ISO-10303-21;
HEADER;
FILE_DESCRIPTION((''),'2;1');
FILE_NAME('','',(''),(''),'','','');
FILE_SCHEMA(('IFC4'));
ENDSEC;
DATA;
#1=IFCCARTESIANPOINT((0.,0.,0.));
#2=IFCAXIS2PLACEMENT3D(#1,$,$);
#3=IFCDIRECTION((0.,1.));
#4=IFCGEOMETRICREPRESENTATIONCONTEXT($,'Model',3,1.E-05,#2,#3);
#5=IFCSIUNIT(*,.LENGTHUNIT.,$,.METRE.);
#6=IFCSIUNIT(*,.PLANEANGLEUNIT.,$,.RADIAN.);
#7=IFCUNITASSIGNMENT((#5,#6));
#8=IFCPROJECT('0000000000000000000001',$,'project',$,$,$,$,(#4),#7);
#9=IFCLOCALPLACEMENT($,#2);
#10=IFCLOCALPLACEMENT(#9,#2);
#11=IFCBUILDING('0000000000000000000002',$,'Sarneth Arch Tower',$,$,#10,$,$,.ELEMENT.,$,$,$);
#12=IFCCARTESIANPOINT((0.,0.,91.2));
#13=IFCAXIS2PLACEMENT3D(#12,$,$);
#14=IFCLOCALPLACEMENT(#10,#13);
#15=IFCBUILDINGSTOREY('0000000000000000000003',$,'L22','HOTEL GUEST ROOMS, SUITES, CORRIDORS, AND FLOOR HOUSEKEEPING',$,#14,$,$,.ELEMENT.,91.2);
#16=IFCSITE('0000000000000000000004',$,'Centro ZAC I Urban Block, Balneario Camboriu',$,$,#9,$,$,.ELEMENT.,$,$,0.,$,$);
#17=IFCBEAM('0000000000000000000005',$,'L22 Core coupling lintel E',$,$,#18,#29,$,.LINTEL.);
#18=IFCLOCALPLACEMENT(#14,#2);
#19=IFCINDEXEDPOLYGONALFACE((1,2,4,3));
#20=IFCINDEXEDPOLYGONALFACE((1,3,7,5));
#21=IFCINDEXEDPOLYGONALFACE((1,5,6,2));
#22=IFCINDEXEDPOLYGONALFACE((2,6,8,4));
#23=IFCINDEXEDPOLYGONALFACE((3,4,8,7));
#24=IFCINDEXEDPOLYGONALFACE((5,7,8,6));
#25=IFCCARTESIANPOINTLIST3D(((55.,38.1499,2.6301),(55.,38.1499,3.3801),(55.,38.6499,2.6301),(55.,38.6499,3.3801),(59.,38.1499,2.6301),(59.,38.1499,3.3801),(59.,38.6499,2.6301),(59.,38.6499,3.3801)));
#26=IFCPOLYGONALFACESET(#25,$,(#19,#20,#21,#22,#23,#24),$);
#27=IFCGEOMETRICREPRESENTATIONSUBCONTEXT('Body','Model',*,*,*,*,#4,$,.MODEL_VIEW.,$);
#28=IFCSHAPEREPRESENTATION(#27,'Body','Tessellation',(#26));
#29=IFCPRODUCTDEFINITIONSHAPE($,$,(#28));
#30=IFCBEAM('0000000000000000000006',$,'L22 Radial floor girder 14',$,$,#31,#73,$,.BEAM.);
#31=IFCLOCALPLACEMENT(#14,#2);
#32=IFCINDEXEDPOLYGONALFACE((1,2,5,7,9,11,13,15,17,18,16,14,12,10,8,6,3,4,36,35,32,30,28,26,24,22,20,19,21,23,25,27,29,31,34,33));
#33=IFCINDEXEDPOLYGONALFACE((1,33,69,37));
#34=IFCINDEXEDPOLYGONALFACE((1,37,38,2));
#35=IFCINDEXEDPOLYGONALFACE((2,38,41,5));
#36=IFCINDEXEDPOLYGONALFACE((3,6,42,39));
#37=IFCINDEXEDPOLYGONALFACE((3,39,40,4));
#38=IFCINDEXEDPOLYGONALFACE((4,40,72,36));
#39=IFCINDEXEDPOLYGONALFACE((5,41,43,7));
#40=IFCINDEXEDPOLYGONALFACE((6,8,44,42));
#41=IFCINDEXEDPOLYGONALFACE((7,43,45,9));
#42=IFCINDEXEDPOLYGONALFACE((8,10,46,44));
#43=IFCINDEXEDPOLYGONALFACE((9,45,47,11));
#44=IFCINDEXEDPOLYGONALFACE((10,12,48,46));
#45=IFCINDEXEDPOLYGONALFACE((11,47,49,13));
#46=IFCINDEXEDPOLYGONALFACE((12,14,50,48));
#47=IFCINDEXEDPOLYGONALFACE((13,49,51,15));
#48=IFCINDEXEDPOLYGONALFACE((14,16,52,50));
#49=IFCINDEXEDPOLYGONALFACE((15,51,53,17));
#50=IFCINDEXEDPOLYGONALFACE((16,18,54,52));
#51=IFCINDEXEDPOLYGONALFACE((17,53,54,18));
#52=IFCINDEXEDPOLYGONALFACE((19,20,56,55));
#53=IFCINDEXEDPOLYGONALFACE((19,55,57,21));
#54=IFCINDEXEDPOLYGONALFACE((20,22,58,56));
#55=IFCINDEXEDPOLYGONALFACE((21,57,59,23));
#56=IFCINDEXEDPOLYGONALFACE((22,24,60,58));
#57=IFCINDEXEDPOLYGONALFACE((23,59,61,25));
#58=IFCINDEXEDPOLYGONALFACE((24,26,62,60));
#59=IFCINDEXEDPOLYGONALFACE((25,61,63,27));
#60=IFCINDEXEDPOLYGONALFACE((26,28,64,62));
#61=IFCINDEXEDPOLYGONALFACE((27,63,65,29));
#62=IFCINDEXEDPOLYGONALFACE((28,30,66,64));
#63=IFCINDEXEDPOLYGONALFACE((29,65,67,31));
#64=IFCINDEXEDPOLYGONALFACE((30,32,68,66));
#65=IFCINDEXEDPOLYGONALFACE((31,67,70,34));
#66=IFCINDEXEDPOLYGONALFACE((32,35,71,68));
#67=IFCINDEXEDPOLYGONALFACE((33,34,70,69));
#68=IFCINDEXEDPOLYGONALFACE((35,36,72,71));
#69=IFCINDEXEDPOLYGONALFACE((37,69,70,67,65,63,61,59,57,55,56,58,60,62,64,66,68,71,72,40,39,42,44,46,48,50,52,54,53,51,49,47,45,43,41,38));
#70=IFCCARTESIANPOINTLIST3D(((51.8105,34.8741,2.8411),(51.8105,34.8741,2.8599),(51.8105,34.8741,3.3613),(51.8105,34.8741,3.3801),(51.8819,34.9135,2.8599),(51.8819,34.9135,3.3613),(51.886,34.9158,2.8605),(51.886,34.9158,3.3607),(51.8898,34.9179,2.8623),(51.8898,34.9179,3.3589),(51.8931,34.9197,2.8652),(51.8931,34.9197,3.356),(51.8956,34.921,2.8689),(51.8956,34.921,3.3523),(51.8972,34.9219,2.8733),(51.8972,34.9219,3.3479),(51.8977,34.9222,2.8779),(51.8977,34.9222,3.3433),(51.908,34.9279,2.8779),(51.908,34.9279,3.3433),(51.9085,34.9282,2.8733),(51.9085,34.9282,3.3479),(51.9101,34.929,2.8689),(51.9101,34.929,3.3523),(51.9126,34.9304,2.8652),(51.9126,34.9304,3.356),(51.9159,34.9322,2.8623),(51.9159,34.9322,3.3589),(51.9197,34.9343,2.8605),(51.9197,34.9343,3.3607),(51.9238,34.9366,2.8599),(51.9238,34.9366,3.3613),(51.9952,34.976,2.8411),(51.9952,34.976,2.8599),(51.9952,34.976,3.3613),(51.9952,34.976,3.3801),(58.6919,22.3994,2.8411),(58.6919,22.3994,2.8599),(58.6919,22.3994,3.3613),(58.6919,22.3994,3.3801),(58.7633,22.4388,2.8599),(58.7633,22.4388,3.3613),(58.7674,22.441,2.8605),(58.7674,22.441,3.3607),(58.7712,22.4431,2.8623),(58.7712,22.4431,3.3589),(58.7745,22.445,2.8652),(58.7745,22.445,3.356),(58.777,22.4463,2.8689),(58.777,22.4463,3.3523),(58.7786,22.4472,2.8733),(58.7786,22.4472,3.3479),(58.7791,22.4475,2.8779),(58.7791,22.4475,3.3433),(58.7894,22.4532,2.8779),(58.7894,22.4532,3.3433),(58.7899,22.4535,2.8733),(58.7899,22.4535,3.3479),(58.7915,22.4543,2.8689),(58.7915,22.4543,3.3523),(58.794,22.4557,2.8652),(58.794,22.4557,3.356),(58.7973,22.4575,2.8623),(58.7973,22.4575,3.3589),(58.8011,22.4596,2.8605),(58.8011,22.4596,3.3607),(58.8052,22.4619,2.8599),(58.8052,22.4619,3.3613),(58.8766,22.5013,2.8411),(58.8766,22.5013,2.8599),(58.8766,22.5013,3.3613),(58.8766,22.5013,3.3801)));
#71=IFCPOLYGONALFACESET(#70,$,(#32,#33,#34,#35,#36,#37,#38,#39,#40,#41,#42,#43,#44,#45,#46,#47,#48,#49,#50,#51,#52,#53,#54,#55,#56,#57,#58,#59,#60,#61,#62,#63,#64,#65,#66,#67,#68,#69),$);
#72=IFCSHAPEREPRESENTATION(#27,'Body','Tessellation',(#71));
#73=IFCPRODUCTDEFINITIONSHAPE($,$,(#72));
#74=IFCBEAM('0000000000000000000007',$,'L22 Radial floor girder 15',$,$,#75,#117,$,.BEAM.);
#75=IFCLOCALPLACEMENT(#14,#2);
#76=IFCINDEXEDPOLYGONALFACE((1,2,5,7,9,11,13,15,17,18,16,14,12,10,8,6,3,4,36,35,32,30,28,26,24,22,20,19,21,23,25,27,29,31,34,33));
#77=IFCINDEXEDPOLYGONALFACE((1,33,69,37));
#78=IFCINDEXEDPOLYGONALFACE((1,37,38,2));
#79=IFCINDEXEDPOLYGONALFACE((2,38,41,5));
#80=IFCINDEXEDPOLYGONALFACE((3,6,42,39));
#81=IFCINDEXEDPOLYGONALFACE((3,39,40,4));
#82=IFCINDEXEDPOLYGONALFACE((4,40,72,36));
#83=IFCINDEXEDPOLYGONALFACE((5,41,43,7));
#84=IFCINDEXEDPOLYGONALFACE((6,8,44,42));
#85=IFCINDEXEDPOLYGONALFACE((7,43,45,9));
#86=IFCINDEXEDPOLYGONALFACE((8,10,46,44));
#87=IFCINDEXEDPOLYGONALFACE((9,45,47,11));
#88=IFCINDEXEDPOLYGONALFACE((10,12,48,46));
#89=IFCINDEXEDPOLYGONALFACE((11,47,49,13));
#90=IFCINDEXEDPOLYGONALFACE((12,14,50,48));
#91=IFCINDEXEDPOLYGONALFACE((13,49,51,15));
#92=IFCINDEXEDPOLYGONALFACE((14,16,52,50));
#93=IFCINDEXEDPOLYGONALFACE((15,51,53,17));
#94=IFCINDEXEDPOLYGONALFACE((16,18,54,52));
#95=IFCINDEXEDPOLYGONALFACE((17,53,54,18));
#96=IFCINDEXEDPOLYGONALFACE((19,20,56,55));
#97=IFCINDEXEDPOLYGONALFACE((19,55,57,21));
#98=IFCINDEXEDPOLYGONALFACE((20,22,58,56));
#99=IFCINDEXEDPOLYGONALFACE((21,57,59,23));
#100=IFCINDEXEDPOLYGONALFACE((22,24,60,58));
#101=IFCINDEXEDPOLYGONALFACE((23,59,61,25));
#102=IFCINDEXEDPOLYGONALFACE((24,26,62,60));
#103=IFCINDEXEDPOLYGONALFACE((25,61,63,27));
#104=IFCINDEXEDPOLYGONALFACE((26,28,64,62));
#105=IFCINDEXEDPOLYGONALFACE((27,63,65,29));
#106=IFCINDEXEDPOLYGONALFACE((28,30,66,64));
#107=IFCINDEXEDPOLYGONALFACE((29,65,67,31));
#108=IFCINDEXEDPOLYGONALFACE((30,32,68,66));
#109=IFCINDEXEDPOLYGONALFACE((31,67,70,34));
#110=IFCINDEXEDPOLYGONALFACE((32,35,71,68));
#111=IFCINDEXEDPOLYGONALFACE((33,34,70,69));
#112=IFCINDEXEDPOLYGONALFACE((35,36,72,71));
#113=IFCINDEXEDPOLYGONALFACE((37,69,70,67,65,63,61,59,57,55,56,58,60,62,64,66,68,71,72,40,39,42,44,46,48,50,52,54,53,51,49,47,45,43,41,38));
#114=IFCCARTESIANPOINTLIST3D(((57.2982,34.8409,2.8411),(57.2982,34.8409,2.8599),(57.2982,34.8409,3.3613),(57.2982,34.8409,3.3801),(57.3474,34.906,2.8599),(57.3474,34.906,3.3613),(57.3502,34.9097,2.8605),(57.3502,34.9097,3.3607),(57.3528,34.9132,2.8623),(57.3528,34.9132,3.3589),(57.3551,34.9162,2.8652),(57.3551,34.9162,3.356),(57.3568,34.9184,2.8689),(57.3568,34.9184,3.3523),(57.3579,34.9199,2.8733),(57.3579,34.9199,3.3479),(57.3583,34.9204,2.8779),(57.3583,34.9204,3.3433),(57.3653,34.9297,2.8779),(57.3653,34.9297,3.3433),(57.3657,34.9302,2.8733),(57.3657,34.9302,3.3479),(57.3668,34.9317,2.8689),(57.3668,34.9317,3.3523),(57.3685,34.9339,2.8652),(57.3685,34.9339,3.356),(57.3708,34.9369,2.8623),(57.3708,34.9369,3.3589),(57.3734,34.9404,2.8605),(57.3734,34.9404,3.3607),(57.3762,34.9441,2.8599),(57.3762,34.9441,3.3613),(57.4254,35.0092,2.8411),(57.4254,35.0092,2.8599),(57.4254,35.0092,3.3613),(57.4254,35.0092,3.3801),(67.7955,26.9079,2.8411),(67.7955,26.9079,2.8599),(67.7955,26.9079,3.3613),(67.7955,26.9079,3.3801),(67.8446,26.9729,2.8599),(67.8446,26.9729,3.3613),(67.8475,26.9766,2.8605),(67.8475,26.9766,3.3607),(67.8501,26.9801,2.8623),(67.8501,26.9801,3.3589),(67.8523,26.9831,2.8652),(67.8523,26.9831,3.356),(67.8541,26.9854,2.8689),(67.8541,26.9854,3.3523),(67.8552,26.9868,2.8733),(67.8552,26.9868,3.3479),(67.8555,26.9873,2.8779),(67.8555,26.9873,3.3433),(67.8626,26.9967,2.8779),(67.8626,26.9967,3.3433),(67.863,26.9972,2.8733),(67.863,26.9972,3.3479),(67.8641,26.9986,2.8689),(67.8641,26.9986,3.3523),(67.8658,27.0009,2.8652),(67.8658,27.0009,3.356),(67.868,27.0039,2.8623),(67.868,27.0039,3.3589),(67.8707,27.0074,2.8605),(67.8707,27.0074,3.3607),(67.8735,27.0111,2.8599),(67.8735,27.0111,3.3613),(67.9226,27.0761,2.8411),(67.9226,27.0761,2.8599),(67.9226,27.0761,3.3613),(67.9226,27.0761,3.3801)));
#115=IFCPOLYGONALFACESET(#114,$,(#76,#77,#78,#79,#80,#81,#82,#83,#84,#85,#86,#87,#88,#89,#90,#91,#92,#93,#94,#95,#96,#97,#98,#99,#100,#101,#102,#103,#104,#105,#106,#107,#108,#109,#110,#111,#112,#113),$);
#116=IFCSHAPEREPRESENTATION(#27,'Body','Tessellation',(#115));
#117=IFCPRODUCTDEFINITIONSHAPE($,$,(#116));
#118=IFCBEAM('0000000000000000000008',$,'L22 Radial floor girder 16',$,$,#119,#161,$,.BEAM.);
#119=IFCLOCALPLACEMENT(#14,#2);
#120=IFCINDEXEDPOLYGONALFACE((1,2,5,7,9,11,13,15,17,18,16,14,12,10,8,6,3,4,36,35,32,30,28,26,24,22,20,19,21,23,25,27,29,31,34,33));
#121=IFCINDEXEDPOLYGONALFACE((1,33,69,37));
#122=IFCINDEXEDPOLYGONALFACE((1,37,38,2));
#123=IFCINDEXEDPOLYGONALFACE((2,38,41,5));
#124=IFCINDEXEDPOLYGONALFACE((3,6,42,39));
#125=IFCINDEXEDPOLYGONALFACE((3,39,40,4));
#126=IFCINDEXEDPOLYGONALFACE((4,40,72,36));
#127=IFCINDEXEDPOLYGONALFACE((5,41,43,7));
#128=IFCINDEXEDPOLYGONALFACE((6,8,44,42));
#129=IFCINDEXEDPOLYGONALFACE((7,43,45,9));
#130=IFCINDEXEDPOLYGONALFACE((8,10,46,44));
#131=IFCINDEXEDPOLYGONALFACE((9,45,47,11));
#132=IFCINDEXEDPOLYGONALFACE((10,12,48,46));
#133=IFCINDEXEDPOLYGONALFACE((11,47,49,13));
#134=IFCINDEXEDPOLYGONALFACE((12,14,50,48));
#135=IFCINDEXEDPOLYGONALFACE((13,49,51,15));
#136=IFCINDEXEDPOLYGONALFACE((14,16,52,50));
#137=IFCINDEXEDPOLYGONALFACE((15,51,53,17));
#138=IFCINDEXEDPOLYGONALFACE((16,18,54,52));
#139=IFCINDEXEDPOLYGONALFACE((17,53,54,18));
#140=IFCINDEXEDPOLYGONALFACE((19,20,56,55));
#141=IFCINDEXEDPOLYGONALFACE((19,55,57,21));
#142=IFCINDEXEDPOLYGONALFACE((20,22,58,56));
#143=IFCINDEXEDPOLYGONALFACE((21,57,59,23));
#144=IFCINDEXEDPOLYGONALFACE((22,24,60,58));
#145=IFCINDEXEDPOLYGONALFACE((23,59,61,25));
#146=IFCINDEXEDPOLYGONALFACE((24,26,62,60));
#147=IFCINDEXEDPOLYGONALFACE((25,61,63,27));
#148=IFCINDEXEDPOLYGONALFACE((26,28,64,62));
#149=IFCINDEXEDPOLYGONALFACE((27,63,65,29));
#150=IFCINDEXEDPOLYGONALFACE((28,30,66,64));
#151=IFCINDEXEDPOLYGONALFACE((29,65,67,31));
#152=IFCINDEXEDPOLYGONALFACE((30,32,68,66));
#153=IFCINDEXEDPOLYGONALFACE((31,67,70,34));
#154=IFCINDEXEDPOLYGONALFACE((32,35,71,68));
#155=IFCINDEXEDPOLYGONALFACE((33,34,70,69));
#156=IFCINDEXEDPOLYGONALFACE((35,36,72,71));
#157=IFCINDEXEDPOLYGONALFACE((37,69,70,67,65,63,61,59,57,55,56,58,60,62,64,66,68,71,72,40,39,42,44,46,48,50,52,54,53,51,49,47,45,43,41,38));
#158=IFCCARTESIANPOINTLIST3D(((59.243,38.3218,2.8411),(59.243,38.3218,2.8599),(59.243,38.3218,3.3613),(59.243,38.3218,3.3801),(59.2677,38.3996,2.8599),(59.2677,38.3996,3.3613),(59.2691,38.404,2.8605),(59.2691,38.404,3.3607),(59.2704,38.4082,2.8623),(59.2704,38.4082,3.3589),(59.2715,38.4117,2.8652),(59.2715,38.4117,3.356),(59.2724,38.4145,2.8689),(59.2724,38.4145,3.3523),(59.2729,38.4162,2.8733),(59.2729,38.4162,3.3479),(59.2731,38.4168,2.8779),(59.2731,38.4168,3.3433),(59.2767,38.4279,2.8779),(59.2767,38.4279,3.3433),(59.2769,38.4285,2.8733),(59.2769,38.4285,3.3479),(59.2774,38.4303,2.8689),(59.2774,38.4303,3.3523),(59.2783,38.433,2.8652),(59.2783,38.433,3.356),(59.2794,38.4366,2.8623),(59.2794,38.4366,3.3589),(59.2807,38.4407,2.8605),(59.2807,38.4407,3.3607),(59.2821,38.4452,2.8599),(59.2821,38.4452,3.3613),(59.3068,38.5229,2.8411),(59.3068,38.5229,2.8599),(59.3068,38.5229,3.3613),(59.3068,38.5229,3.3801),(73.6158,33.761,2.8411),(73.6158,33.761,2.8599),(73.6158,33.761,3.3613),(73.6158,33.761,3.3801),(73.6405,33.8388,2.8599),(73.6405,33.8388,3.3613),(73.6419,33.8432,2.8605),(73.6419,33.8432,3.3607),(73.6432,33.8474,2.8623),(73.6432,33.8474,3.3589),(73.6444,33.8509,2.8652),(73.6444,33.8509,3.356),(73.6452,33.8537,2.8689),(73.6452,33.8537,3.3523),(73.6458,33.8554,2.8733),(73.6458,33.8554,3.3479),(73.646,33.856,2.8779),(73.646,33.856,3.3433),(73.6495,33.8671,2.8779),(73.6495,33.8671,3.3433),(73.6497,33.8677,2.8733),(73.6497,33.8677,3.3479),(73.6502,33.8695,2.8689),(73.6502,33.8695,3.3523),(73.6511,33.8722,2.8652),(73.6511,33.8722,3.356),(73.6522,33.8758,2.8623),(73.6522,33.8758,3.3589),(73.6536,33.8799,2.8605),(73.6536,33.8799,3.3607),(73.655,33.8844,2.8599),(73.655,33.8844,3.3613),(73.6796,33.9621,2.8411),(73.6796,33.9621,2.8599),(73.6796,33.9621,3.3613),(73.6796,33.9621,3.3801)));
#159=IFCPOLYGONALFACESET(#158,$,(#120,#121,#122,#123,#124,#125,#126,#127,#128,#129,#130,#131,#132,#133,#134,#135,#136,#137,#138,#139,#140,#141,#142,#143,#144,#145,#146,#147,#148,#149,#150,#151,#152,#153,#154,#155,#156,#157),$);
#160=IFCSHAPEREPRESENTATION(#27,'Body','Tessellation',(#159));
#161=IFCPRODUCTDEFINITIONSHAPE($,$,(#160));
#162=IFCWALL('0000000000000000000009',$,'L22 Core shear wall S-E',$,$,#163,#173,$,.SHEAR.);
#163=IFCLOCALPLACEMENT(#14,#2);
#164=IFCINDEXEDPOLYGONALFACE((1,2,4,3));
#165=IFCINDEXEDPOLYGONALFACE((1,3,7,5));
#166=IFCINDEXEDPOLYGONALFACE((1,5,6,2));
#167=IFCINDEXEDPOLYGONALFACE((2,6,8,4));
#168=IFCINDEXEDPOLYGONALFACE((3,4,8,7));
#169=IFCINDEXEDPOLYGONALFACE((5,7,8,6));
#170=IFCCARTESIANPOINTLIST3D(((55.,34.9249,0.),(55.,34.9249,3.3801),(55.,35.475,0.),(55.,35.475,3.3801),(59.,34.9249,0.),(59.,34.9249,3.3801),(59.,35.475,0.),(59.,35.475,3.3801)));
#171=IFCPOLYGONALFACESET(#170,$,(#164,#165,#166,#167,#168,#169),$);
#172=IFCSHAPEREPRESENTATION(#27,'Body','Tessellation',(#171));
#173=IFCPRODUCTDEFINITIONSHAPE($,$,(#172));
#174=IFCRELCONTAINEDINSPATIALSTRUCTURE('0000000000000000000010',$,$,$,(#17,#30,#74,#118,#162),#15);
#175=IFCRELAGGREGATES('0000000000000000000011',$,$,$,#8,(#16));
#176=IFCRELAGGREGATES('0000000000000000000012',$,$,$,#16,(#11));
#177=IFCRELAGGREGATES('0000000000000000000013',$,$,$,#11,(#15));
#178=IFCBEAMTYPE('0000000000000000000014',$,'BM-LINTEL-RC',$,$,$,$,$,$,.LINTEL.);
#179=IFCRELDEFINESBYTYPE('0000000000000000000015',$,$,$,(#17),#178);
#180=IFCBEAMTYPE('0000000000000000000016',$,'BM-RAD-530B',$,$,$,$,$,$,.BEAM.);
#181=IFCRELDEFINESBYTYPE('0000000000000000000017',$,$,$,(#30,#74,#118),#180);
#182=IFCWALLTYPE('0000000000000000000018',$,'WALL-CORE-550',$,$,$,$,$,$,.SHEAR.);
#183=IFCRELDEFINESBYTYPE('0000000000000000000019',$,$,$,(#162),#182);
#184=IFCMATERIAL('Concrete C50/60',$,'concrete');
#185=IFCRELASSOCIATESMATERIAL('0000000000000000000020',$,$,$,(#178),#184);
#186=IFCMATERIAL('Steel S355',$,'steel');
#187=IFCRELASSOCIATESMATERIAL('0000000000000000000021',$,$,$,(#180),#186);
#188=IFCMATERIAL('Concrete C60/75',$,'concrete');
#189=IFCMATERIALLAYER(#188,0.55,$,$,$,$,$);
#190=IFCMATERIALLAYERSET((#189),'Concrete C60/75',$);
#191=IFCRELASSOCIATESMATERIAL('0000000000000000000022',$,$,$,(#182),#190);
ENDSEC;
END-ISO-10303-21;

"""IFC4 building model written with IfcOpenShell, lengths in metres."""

from ifc_helpers import new_model, si_unit, direction, frame, frame_2d, origin, origin_2d, place, context, subcontext, project, spatial, rectangle, i_section, extrude, material, layer, layer_set, material_profile, profile_set, type_object, element, save


model = new_model("IFC4")

# Units and contexts
model_context = context("Model", 3, precision=1e-05, world=origin(), true_north=direction((0.0, 1.0)))
body_context = subcontext(model_context, "Body", "Model", "MODEL_VIEW")
ifc_project = project(units=[si_unit("LENGTHUNIT", "METRE"), si_unit("PLANEANGLEUNIT", "RADIAN")], contexts=[model_context])

# Site, building, storey
site_placement = place(None, origin())
site = spatial("IfcSite", under=ifc_project, at=site_placement, Name="Centro ZAC I Urban Block, Balneario Camboriu", CompositionType="ELEMENT", RefElevation=0.0)
building_placement = place(site_placement, origin())
building = spatial("IfcBuilding", under=site, at=building_placement, Name="Sarneth Arch Tower", CompositionType="ELEMENT")
storey_placement = place(building_placement, frame((0.0, 0.0, 91.2)))
storey = spatial("IfcBuildingStorey", under=building, at=storey_placement, Name="L22", Description="HOTEL GUEST ROOMS, SUITES, CORRIDORS, AND FLOOR HOUSEKEEPING", CompositionType="ELEMENT", Elevation=91.2)

# Beams
ifc_material_1 = material(Name="Concrete C50/60", Category="concrete")
ifc_material_profile_1 = material_profile(ifc_material_1, rectangle(XDim=0.5, YDim=0.75, at=origin_2d()), Name="RC-500x750")
ifc_profile_set_1 = profile_set([ifc_material_profile_1], Name="Concrete C50/60")
beam_type_1 = type_object("IfcBeamType", Name="BM-LINTEL-RC", PredefinedType="LINTEL", material=ifc_profile_set_1)
beam_1_placement = place(storey_placement, frame((55.0, 38.3999, 3.0051), z_axis=(1.0, 0.0, 0.0), x_axis=(0.0, 1.0, 0.0)))
element("IfcBeam", 1, at=beam_1_placement, inside=storey, type_object=beam_type_1, Name="L22 Core coupling lintel E", PredefinedType="LINTEL", context=body_context, shape_type="SweptSolid", body=[
    extrude(rectangle(XDim=0.5, YDim=0.75, at=origin_2d()), origin(), (0.0, 0.0, 1.0), 4.0),
])
ifc_material_2 = material(Name="Steel S355", Category="steel")
ifc_material_profile_2 = material_profile(ifc_material_2, i_section(OverallWidth=0.2109, OverallDepth=0.5391, WebThickness=0.0117, FlangeThickness=0.0188, FilletRadius=0.0181, at=origin_2d()), Name="W530x109")
ifc_profile_set_2 = profile_set([ifc_material_profile_2], Name="Steel S355")
beam_type_2 = type_object("IfcBeamType", Name="BM-RAD-530B", PredefinedType="BEAM", material=ifc_profile_set_2)
beam_2_placement = place(storey_placement, frame((51.9028, 34.925, 3.1106), z_axis=(0.483013, -0.875613, 0.0), x_axis=(0.875613, 0.483013, 0.0)))
element("IfcBeam", 2, at=beam_2_placement, inside=storey, type_object=beam_type_2, Name="L22 Radial floor girder 14", PredefinedType="BEAM", context=body_context, shape_type="SweptSolid", body=[
    extrude(i_section(OverallWidth=0.2109, OverallDepth=0.5391, WebThickness=0.0117, FlangeThickness=0.0188, FilletRadius=0.0181, at=origin_2d()), origin(), (0.0, 0.0, 1.0), 14.2468),
])
beam_3_placement = place(storey_placement, frame((57.3618, 34.925, 3.1106), z_axis=(0.797801, -0.60292, 0.0), x_axis=(0.60292, 0.797801, 0.0)))
element("IfcBeam", 3, at=beam_3_placement, inside=storey, type_object=beam_type_2, Name="L22 Radial floor girder 15", PredefinedType="BEAM", context=body_context, shape_type="SweptSolid", body=[
    extrude(i_section(OverallWidth=0.2109, OverallDepth=0.5391, WebThickness=0.0117, FlangeThickness=0.0188, FilletRadius=0.0181, at=origin_2d()), origin(), (0.0, 0.0, 1.0), 13.1577),
])
beam_4_placement = place(storey_placement, frame((59.2749, 38.4224, 3.1106), z_axis=(0.953163, -0.302458, 0.0), x_axis=(0.302458, 0.953163, 0.0)))
element("IfcBeam", 4, at=beam_4_placement, inside=storey, type_object=beam_type_2, Name="L22 Radial floor girder 16", PredefinedType="BEAM", context=body_context, shape_type="SweptSolid", body=[
    extrude(i_section(OverallWidth=0.2109, OverallDepth=0.5391, WebThickness=0.0117, FlangeThickness=0.0188, FilletRadius=0.0181, at=origin_2d()), origin(), (0.0, 0.0, 1.0), 15.0791),
])

# Wall
ifc_material_3 = material(Name="Concrete C60/75", Category="concrete")
ifc_layer_1 = layer(ifc_material_3, 0.55)
ifc_layer_set_1 = layer_set([ifc_layer_1], Name="Concrete C60/75")
wall_type_1 = type_object("IfcWallType", Name="WALL-CORE-550", PredefinedType="SHEAR", material=ifc_layer_set_1)
wall_1_placement = place(storey_placement, frame((55.0, 35.2, 0.0), z_axis=(0.0, 0.0, 1.0), x_axis=(1.0, 0.0, 0.0)))
element("IfcWall", 5, at=wall_1_placement, inside=storey, type_object=wall_type_1, Name="L22 Core shear wall S-E", PredefinedType="SHEAR", context=body_context, shape_type="SweptSolid", body=[
    extrude(rectangle(XDim=4.0, YDim=0.55, at=frame_2d((2.0, 0.0))), origin(), (0.0, 0.0, 1.0), 3.3801),
])

save(model, "model.ifc")
